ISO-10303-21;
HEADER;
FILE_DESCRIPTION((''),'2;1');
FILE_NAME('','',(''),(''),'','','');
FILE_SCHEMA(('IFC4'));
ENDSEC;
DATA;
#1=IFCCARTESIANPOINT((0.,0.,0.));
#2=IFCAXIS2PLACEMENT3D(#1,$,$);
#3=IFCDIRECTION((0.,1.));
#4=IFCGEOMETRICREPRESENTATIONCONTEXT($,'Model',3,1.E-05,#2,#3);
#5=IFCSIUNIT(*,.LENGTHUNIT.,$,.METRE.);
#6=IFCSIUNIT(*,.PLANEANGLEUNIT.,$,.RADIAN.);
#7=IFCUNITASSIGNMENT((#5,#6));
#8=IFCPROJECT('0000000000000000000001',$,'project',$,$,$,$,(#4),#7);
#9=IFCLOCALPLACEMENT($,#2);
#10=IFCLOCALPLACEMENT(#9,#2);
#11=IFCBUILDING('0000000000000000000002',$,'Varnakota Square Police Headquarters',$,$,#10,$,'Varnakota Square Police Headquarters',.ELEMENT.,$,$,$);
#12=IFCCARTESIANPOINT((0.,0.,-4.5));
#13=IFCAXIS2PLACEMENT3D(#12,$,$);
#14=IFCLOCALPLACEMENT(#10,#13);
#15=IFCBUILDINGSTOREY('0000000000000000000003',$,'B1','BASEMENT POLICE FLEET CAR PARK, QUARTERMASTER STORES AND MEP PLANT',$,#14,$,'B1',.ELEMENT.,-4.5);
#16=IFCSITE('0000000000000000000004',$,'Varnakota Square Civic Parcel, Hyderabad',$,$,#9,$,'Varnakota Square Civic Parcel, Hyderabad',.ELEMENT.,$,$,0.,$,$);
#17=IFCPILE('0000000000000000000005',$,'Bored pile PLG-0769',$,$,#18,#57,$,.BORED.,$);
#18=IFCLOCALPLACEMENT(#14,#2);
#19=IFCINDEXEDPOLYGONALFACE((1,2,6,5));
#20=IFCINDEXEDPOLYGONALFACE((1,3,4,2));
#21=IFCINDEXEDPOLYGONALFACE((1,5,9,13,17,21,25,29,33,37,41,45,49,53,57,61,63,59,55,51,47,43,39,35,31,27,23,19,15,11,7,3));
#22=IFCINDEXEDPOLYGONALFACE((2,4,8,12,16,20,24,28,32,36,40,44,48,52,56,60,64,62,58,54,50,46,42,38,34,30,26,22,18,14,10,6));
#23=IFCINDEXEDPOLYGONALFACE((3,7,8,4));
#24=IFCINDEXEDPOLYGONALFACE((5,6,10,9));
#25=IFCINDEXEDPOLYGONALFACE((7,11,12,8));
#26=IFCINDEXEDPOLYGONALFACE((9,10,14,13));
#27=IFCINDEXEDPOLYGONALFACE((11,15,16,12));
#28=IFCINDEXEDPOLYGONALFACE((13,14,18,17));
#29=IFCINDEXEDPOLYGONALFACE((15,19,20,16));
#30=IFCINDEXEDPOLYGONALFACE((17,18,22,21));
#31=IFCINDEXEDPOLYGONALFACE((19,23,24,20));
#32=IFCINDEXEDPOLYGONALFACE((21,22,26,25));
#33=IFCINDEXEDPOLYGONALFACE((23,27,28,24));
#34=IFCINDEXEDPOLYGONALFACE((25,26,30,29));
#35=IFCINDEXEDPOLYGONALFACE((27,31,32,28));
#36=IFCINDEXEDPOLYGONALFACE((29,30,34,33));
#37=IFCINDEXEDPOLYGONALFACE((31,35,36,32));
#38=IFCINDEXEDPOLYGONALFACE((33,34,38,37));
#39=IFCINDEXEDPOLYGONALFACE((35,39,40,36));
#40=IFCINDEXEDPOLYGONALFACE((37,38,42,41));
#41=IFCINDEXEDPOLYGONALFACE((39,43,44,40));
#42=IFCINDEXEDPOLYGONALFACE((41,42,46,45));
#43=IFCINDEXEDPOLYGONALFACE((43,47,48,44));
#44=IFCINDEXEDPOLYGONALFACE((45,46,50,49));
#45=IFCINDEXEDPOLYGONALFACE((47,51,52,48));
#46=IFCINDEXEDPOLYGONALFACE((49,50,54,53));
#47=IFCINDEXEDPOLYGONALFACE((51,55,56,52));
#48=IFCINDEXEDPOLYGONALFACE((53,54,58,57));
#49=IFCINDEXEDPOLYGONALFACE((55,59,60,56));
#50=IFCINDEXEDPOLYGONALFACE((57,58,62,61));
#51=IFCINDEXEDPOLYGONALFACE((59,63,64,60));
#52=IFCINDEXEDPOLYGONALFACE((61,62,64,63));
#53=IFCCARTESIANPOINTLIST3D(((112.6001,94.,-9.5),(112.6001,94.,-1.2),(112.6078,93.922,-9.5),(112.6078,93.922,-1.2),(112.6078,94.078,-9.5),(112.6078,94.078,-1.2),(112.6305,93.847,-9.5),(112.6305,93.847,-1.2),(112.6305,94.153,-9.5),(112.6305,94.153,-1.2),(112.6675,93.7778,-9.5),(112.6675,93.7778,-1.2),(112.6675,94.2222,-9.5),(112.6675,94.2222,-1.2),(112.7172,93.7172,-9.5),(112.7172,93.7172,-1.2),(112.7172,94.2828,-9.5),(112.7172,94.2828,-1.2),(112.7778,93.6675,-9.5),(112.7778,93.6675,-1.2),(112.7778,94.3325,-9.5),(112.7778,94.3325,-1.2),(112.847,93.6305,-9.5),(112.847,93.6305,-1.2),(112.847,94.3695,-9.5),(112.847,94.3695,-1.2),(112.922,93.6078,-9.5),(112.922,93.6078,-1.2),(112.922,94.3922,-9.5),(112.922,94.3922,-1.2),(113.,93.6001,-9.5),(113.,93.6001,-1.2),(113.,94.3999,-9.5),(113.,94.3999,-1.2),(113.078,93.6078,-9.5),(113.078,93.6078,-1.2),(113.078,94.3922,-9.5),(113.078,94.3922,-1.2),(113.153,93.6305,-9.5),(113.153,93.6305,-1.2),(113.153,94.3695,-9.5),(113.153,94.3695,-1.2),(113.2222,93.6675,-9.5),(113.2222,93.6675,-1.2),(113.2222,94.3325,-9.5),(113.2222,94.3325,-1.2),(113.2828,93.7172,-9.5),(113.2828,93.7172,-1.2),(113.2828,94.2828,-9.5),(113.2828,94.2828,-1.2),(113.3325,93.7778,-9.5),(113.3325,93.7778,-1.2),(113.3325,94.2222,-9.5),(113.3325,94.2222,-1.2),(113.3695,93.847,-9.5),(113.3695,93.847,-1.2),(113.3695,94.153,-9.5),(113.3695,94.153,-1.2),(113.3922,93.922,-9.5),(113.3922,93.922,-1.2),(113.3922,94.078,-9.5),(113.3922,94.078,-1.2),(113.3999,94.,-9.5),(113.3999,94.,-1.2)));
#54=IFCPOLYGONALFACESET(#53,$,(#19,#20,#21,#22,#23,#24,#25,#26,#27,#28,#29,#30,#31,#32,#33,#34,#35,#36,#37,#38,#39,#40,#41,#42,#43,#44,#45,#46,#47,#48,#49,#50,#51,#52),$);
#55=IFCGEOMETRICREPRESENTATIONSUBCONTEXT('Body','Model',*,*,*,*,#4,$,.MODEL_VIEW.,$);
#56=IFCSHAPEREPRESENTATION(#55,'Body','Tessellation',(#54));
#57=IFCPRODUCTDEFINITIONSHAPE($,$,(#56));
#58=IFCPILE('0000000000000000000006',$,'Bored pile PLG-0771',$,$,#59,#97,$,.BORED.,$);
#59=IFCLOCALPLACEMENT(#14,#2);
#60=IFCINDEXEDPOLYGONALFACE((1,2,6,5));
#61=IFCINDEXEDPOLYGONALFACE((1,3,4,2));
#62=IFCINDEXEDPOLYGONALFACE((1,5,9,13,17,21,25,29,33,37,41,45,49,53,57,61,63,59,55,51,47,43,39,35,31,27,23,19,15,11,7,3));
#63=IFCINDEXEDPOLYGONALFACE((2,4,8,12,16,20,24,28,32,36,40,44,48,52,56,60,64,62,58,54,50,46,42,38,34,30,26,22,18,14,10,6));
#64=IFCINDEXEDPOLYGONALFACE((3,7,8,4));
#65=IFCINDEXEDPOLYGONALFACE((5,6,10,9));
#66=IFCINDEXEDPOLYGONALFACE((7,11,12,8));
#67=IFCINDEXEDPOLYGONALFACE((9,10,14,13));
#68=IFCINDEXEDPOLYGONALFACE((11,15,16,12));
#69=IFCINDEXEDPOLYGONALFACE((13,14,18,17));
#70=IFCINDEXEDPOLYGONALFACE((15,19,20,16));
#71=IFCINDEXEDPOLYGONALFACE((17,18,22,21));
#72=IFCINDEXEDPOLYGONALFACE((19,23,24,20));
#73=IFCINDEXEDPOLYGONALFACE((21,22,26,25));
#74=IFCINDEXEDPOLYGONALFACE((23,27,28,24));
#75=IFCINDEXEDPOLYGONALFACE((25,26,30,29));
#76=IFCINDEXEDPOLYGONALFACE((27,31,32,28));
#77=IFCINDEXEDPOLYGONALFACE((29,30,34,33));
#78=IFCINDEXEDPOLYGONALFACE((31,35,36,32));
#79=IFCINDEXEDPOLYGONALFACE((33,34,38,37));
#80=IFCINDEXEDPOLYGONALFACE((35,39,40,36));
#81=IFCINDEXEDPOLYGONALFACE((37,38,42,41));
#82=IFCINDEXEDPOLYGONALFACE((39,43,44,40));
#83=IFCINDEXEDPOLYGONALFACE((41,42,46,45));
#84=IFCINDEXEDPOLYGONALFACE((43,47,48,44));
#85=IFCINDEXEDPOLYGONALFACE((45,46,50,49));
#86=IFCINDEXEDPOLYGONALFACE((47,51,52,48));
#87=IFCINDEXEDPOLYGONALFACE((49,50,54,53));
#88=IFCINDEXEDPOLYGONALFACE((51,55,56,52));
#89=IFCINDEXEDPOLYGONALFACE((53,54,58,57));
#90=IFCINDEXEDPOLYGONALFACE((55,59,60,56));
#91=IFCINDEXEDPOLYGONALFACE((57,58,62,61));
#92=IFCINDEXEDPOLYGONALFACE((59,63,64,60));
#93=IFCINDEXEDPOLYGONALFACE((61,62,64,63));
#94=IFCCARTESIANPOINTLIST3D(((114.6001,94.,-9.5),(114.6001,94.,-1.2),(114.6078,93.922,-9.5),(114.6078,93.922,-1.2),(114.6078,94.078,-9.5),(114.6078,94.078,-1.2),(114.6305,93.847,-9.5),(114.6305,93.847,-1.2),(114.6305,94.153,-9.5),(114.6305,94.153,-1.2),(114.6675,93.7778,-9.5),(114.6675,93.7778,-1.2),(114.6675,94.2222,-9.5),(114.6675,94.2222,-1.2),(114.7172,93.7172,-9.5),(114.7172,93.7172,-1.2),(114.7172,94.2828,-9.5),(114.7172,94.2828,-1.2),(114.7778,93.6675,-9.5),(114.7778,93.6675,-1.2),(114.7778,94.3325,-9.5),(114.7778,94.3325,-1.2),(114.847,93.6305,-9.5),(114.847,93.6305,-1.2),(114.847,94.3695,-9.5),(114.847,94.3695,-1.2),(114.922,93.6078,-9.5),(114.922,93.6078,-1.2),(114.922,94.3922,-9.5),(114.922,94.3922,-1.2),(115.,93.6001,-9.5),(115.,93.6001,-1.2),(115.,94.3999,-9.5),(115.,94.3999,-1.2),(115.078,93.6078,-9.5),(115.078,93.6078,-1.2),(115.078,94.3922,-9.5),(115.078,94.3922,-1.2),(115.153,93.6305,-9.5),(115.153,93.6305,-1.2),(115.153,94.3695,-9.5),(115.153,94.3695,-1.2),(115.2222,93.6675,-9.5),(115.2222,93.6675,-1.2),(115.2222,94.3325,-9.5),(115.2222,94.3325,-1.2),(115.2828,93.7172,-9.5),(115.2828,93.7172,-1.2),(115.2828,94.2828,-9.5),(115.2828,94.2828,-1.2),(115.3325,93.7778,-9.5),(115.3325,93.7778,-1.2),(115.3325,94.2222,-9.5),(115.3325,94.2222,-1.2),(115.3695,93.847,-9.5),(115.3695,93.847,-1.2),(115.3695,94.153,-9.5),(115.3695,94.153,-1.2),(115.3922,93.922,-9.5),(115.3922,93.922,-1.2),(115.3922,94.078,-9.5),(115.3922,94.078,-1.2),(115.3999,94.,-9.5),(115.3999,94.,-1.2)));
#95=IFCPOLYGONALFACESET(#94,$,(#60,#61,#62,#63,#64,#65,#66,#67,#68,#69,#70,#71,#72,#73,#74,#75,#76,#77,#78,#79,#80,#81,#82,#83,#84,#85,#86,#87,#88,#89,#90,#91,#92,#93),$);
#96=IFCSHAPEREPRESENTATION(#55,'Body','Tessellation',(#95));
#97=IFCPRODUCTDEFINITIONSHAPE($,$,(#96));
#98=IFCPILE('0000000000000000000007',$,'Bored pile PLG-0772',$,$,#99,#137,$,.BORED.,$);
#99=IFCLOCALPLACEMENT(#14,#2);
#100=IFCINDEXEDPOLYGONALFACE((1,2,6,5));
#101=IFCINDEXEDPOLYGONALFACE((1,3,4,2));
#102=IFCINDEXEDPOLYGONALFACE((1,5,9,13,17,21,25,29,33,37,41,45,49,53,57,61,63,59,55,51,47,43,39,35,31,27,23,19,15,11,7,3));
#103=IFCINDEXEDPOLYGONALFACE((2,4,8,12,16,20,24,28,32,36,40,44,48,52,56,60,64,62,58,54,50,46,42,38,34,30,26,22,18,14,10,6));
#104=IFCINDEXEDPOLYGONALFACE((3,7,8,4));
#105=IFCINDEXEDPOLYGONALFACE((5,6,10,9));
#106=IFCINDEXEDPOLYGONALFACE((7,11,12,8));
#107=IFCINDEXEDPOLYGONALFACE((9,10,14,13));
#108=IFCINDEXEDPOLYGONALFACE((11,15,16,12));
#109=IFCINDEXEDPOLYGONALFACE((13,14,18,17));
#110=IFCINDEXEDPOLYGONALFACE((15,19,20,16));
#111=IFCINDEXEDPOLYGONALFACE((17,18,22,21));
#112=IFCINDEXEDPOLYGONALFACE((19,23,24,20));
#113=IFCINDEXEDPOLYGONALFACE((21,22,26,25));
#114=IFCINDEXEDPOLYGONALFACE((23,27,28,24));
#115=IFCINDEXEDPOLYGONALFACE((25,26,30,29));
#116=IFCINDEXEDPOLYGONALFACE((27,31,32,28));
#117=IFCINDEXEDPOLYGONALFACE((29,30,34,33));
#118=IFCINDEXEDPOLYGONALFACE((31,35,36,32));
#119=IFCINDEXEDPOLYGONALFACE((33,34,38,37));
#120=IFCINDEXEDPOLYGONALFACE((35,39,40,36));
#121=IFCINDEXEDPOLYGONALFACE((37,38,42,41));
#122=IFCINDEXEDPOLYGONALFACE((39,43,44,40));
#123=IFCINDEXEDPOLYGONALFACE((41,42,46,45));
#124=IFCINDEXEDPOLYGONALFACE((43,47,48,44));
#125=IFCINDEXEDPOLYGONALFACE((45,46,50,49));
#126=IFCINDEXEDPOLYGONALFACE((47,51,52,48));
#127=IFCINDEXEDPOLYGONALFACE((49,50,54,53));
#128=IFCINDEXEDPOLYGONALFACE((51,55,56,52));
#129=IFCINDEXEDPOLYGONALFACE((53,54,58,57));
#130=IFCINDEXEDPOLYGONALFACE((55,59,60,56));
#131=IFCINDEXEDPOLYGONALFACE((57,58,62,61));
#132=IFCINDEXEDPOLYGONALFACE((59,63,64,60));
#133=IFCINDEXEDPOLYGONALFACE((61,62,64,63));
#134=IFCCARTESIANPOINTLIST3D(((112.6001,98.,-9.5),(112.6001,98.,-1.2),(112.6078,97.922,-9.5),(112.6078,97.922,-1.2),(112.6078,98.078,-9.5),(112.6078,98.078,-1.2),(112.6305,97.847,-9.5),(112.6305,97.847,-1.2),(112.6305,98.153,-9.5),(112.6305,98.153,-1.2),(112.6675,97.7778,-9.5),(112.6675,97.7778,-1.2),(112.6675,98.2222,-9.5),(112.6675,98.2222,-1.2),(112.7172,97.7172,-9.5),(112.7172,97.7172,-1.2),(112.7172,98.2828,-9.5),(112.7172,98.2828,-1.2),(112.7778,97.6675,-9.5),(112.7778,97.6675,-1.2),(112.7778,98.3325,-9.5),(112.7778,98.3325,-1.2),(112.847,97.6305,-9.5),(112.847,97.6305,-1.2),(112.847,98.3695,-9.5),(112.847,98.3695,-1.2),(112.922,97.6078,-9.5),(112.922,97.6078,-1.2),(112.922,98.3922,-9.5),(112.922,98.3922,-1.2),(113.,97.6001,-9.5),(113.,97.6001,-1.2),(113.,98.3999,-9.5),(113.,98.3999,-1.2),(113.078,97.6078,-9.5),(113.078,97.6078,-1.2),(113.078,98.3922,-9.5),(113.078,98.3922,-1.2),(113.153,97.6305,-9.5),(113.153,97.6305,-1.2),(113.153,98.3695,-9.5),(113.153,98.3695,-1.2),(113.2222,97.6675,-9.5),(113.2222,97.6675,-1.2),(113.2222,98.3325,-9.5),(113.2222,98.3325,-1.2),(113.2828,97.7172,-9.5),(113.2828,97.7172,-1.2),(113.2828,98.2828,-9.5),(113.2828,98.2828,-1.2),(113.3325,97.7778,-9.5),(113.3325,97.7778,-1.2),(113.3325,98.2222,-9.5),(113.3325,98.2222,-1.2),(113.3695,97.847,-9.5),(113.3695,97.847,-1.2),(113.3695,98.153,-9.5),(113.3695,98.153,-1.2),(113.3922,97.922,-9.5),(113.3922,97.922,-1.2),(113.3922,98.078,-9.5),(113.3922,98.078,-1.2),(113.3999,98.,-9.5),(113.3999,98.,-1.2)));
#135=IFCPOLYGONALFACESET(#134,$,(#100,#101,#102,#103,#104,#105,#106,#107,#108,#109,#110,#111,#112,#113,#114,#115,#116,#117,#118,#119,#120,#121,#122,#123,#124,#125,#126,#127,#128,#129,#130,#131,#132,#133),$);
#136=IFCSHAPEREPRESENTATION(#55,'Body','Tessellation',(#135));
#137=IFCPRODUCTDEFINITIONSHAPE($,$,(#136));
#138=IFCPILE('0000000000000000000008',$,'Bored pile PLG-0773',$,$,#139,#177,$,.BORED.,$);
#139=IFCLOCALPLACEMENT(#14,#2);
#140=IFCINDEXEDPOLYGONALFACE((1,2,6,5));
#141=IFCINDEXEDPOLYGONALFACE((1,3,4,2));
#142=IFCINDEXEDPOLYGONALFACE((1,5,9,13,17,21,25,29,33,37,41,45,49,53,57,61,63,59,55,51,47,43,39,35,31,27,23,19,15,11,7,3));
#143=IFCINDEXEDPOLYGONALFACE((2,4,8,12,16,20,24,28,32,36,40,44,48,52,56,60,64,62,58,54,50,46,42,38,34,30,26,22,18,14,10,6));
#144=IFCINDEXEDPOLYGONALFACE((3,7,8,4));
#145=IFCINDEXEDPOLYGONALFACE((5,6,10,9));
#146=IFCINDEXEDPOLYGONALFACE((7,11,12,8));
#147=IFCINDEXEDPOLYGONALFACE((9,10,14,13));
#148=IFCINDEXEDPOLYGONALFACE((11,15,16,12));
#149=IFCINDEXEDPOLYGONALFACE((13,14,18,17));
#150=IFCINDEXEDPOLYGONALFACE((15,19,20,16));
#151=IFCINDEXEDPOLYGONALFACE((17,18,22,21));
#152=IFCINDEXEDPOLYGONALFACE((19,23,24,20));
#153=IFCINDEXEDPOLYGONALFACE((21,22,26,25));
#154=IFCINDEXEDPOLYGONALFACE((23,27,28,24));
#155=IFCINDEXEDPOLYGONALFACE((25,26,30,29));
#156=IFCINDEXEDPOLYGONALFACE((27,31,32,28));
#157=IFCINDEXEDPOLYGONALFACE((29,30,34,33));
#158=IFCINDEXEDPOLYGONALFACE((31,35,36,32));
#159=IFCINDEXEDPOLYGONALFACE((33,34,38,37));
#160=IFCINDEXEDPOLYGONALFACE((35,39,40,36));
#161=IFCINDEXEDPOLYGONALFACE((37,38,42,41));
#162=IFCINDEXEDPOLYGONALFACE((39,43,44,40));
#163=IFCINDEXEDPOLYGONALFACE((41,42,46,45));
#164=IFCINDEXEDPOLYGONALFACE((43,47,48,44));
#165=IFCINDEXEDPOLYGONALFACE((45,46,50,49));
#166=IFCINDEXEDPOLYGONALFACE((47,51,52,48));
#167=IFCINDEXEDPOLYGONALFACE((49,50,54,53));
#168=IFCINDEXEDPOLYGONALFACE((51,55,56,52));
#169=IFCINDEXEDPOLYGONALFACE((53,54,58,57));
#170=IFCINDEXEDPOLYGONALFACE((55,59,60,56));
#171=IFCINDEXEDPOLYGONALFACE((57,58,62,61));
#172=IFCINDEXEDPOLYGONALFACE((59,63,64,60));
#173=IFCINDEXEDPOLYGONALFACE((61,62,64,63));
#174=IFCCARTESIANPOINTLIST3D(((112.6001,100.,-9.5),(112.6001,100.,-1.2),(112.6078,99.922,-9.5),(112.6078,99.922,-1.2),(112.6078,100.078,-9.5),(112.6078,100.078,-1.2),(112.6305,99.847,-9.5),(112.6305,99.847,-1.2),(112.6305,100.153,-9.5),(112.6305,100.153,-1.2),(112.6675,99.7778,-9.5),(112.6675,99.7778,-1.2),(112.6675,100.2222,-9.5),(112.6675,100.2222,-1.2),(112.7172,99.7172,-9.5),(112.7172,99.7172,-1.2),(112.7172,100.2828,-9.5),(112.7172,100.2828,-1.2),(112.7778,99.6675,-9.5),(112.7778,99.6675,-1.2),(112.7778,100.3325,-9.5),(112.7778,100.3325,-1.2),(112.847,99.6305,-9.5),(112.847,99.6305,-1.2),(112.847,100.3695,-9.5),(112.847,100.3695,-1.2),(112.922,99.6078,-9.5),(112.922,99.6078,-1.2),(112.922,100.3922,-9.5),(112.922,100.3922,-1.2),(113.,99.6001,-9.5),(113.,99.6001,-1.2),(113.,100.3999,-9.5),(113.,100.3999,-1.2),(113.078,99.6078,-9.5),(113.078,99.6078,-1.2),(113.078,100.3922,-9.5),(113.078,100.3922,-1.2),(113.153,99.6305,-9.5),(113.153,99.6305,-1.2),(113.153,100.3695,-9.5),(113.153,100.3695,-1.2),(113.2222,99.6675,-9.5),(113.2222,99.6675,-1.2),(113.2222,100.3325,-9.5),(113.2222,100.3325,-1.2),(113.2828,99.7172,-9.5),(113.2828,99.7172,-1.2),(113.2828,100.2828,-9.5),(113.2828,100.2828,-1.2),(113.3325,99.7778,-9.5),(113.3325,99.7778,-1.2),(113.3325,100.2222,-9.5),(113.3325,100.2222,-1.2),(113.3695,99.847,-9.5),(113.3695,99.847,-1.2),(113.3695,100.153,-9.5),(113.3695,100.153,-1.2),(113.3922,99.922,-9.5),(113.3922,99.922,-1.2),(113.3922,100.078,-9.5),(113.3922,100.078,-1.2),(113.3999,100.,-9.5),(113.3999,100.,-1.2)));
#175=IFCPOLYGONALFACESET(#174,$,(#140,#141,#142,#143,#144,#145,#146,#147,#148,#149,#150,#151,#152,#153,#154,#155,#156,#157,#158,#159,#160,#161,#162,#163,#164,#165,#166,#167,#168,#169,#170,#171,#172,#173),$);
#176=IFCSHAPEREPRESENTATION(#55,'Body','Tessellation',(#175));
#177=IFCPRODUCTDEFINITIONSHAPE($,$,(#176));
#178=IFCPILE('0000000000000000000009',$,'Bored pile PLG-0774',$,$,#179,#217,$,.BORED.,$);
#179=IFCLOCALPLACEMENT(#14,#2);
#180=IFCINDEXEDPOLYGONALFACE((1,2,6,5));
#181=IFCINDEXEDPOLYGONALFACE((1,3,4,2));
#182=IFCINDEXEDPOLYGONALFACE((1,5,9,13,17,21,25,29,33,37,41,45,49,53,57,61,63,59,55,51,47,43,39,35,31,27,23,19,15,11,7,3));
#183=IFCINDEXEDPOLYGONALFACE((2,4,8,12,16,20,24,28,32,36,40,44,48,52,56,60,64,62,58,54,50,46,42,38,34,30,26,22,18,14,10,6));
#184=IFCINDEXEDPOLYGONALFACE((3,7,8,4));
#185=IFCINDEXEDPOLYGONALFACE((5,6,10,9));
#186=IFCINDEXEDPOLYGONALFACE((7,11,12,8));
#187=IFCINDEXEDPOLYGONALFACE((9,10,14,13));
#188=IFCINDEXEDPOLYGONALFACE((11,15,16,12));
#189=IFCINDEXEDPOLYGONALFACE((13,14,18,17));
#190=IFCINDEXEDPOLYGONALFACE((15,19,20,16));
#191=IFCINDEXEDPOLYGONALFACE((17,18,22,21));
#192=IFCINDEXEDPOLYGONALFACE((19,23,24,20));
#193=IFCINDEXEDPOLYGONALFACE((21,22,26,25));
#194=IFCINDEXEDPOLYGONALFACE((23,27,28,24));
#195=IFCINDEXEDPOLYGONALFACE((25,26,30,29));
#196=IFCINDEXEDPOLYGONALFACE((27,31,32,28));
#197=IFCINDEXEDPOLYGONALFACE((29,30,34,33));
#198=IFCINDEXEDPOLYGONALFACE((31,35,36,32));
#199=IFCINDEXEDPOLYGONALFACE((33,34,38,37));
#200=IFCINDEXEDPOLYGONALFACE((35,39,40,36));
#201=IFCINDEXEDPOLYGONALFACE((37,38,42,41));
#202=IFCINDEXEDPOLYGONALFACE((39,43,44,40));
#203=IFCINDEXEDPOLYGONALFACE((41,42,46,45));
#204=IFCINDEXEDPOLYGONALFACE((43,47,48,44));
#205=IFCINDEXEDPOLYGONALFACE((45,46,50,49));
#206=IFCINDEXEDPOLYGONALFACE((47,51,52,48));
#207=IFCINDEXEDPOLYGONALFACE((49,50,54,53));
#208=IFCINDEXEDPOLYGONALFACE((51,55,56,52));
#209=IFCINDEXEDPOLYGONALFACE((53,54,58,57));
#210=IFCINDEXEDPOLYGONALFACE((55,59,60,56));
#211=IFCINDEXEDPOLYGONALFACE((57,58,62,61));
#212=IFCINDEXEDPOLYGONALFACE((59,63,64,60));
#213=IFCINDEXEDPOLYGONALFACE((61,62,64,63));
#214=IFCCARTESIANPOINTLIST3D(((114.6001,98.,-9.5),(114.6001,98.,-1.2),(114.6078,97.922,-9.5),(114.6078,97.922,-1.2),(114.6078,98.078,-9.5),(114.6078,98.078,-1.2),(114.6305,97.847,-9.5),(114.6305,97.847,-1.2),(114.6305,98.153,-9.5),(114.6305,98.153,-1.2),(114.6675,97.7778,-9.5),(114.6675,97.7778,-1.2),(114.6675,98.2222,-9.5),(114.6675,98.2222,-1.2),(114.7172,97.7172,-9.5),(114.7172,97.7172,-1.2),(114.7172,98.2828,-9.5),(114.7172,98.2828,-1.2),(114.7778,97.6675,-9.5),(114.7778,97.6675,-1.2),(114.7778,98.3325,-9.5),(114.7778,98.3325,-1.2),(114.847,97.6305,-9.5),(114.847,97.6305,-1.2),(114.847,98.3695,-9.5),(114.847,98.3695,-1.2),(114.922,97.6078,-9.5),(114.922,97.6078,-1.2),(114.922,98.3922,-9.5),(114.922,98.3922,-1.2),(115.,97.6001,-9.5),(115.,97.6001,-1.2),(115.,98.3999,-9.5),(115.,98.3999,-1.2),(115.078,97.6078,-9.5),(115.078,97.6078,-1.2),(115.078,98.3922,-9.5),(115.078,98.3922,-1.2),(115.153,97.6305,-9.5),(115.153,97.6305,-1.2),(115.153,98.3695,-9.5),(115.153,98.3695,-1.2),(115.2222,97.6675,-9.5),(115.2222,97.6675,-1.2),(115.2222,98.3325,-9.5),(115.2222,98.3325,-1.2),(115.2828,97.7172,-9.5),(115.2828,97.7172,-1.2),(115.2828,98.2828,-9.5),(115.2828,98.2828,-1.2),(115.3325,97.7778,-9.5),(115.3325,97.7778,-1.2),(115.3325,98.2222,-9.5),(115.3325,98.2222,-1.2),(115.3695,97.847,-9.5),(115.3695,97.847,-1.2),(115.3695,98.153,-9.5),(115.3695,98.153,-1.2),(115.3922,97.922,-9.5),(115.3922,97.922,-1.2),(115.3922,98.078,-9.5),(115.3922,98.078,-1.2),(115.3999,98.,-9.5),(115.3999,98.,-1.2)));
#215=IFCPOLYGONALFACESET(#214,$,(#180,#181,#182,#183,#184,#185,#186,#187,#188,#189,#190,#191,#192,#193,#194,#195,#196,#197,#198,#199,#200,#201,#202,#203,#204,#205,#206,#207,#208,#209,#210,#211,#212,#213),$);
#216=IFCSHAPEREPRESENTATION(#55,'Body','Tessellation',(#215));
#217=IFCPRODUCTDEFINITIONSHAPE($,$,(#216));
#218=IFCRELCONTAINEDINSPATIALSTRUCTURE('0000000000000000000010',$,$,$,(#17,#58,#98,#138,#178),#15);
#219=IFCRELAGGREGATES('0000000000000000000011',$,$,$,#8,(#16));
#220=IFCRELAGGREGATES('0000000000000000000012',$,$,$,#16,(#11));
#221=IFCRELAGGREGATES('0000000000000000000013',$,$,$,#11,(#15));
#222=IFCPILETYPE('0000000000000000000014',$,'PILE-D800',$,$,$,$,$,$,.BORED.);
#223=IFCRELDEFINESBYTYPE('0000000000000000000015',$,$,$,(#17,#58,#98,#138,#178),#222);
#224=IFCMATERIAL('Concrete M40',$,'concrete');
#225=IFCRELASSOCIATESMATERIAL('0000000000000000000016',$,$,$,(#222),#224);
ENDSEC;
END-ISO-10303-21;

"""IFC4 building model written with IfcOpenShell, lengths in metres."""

from ifc_helpers import new_model, si_unit, direction, frame, origin, origin_2d, place, context, subcontext, project, spatial, circle, extrude, material, material_profile, profile_set, type_object, element, save


model = new_model("IFC4")

# Units and contexts
model_context = context("Model", 3, precision=1e-05, world=origin(), true_north=direction((0.0, 1.0)))
body_context = subcontext(model_context, "Body", "Model", "MODEL_VIEW")
ifc_project = project(units=[si_unit("LENGTHUNIT", "METRE"), si_unit("PLANEANGLEUNIT", "RADIAN")], contexts=[model_context])

# Site, building, storey
site_placement = place(None, origin())
site = spatial("IfcSite", under=ifc_project, at=site_placement, Name="Varnakota Square Civic Parcel, Hyderabad", LongName="Varnakota Square Civic Parcel, Hyderabad", CompositionType="ELEMENT", RefElevation=0.0)
building_placement = place(site_placement, origin())
building = spatial("IfcBuilding", under=site, at=building_placement, Name="Varnakota Square Police Headquarters", LongName="Varnakota Square Police Headquarters", CompositionType="ELEMENT")
storey_placement = place(building_placement, frame((0.0, 0.0, -4.5)))
storey = spatial("IfcBuildingStorey", under=building, at=storey_placement, Name="B1", Description="BASEMENT POLICE FLEET CAR PARK, QUARTERMASTER STORES AND MEP PLANT", LongName="B1", CompositionType="ELEMENT", Elevation=-4.5)

# Shared definitions
ifc_material_1 = material(Name="Concrete M40", Category="concrete")

# Piles
ifc_material_profile_1 = material_profile(ifc_material_1, circle(Radius=0.3999, at=origin_2d()), Name="BORED PILE 800")
ifc_profile_set_1 = profile_set([ifc_material_profile_1], Name="Concrete M40")
pile_type = type_object("IfcPileType", Name="PILE-D800", PredefinedType="BORED", material=ifc_profile_set_1)
for number, where, z_axis, x_axis, name in (
    (1, (113.0, 94.0, -1.2), (0.0, 0.0, -1.0), (1.0, 0.0, 0.0), "Bored pile PLG-0769"),
    (2, (115.0, 94.0, -1.2), (0.0, 0.0, -1.0), (1.0, 0.0, 0.0), "Bored pile PLG-0771"),
    (3, (113.0, 98.0, -1.2), (0.0, 0.0, -1.0), (1.0, 0.0, 0.0), "Bored pile PLG-0772"),
    (4, (113.0, 100.0, -1.2), (0.0, 0.0, -1.0), (1.0, 0.0, 0.0), "Bored pile PLG-0773"),
    (5, (115.0, 98.0, -1.2), (0.0, 0.0, -1.0), (1.0, 0.0, 0.0), "Bored pile PLG-0774"),
):
    element("IfcPile", number, at=place(storey_placement, frame(where, z_axis=z_axis, x_axis=x_axis)), inside=storey, type_object=pile_type, Name=name, PredefinedType="BORED", context=body_context, shape_type="SweptSolid", body=[
        extrude(circle(Radius=0.3999, at=origin_2d()), origin(), (0.0, 0.0, 1.0), 8.3),
    ])

save(model, "model.ifc")
